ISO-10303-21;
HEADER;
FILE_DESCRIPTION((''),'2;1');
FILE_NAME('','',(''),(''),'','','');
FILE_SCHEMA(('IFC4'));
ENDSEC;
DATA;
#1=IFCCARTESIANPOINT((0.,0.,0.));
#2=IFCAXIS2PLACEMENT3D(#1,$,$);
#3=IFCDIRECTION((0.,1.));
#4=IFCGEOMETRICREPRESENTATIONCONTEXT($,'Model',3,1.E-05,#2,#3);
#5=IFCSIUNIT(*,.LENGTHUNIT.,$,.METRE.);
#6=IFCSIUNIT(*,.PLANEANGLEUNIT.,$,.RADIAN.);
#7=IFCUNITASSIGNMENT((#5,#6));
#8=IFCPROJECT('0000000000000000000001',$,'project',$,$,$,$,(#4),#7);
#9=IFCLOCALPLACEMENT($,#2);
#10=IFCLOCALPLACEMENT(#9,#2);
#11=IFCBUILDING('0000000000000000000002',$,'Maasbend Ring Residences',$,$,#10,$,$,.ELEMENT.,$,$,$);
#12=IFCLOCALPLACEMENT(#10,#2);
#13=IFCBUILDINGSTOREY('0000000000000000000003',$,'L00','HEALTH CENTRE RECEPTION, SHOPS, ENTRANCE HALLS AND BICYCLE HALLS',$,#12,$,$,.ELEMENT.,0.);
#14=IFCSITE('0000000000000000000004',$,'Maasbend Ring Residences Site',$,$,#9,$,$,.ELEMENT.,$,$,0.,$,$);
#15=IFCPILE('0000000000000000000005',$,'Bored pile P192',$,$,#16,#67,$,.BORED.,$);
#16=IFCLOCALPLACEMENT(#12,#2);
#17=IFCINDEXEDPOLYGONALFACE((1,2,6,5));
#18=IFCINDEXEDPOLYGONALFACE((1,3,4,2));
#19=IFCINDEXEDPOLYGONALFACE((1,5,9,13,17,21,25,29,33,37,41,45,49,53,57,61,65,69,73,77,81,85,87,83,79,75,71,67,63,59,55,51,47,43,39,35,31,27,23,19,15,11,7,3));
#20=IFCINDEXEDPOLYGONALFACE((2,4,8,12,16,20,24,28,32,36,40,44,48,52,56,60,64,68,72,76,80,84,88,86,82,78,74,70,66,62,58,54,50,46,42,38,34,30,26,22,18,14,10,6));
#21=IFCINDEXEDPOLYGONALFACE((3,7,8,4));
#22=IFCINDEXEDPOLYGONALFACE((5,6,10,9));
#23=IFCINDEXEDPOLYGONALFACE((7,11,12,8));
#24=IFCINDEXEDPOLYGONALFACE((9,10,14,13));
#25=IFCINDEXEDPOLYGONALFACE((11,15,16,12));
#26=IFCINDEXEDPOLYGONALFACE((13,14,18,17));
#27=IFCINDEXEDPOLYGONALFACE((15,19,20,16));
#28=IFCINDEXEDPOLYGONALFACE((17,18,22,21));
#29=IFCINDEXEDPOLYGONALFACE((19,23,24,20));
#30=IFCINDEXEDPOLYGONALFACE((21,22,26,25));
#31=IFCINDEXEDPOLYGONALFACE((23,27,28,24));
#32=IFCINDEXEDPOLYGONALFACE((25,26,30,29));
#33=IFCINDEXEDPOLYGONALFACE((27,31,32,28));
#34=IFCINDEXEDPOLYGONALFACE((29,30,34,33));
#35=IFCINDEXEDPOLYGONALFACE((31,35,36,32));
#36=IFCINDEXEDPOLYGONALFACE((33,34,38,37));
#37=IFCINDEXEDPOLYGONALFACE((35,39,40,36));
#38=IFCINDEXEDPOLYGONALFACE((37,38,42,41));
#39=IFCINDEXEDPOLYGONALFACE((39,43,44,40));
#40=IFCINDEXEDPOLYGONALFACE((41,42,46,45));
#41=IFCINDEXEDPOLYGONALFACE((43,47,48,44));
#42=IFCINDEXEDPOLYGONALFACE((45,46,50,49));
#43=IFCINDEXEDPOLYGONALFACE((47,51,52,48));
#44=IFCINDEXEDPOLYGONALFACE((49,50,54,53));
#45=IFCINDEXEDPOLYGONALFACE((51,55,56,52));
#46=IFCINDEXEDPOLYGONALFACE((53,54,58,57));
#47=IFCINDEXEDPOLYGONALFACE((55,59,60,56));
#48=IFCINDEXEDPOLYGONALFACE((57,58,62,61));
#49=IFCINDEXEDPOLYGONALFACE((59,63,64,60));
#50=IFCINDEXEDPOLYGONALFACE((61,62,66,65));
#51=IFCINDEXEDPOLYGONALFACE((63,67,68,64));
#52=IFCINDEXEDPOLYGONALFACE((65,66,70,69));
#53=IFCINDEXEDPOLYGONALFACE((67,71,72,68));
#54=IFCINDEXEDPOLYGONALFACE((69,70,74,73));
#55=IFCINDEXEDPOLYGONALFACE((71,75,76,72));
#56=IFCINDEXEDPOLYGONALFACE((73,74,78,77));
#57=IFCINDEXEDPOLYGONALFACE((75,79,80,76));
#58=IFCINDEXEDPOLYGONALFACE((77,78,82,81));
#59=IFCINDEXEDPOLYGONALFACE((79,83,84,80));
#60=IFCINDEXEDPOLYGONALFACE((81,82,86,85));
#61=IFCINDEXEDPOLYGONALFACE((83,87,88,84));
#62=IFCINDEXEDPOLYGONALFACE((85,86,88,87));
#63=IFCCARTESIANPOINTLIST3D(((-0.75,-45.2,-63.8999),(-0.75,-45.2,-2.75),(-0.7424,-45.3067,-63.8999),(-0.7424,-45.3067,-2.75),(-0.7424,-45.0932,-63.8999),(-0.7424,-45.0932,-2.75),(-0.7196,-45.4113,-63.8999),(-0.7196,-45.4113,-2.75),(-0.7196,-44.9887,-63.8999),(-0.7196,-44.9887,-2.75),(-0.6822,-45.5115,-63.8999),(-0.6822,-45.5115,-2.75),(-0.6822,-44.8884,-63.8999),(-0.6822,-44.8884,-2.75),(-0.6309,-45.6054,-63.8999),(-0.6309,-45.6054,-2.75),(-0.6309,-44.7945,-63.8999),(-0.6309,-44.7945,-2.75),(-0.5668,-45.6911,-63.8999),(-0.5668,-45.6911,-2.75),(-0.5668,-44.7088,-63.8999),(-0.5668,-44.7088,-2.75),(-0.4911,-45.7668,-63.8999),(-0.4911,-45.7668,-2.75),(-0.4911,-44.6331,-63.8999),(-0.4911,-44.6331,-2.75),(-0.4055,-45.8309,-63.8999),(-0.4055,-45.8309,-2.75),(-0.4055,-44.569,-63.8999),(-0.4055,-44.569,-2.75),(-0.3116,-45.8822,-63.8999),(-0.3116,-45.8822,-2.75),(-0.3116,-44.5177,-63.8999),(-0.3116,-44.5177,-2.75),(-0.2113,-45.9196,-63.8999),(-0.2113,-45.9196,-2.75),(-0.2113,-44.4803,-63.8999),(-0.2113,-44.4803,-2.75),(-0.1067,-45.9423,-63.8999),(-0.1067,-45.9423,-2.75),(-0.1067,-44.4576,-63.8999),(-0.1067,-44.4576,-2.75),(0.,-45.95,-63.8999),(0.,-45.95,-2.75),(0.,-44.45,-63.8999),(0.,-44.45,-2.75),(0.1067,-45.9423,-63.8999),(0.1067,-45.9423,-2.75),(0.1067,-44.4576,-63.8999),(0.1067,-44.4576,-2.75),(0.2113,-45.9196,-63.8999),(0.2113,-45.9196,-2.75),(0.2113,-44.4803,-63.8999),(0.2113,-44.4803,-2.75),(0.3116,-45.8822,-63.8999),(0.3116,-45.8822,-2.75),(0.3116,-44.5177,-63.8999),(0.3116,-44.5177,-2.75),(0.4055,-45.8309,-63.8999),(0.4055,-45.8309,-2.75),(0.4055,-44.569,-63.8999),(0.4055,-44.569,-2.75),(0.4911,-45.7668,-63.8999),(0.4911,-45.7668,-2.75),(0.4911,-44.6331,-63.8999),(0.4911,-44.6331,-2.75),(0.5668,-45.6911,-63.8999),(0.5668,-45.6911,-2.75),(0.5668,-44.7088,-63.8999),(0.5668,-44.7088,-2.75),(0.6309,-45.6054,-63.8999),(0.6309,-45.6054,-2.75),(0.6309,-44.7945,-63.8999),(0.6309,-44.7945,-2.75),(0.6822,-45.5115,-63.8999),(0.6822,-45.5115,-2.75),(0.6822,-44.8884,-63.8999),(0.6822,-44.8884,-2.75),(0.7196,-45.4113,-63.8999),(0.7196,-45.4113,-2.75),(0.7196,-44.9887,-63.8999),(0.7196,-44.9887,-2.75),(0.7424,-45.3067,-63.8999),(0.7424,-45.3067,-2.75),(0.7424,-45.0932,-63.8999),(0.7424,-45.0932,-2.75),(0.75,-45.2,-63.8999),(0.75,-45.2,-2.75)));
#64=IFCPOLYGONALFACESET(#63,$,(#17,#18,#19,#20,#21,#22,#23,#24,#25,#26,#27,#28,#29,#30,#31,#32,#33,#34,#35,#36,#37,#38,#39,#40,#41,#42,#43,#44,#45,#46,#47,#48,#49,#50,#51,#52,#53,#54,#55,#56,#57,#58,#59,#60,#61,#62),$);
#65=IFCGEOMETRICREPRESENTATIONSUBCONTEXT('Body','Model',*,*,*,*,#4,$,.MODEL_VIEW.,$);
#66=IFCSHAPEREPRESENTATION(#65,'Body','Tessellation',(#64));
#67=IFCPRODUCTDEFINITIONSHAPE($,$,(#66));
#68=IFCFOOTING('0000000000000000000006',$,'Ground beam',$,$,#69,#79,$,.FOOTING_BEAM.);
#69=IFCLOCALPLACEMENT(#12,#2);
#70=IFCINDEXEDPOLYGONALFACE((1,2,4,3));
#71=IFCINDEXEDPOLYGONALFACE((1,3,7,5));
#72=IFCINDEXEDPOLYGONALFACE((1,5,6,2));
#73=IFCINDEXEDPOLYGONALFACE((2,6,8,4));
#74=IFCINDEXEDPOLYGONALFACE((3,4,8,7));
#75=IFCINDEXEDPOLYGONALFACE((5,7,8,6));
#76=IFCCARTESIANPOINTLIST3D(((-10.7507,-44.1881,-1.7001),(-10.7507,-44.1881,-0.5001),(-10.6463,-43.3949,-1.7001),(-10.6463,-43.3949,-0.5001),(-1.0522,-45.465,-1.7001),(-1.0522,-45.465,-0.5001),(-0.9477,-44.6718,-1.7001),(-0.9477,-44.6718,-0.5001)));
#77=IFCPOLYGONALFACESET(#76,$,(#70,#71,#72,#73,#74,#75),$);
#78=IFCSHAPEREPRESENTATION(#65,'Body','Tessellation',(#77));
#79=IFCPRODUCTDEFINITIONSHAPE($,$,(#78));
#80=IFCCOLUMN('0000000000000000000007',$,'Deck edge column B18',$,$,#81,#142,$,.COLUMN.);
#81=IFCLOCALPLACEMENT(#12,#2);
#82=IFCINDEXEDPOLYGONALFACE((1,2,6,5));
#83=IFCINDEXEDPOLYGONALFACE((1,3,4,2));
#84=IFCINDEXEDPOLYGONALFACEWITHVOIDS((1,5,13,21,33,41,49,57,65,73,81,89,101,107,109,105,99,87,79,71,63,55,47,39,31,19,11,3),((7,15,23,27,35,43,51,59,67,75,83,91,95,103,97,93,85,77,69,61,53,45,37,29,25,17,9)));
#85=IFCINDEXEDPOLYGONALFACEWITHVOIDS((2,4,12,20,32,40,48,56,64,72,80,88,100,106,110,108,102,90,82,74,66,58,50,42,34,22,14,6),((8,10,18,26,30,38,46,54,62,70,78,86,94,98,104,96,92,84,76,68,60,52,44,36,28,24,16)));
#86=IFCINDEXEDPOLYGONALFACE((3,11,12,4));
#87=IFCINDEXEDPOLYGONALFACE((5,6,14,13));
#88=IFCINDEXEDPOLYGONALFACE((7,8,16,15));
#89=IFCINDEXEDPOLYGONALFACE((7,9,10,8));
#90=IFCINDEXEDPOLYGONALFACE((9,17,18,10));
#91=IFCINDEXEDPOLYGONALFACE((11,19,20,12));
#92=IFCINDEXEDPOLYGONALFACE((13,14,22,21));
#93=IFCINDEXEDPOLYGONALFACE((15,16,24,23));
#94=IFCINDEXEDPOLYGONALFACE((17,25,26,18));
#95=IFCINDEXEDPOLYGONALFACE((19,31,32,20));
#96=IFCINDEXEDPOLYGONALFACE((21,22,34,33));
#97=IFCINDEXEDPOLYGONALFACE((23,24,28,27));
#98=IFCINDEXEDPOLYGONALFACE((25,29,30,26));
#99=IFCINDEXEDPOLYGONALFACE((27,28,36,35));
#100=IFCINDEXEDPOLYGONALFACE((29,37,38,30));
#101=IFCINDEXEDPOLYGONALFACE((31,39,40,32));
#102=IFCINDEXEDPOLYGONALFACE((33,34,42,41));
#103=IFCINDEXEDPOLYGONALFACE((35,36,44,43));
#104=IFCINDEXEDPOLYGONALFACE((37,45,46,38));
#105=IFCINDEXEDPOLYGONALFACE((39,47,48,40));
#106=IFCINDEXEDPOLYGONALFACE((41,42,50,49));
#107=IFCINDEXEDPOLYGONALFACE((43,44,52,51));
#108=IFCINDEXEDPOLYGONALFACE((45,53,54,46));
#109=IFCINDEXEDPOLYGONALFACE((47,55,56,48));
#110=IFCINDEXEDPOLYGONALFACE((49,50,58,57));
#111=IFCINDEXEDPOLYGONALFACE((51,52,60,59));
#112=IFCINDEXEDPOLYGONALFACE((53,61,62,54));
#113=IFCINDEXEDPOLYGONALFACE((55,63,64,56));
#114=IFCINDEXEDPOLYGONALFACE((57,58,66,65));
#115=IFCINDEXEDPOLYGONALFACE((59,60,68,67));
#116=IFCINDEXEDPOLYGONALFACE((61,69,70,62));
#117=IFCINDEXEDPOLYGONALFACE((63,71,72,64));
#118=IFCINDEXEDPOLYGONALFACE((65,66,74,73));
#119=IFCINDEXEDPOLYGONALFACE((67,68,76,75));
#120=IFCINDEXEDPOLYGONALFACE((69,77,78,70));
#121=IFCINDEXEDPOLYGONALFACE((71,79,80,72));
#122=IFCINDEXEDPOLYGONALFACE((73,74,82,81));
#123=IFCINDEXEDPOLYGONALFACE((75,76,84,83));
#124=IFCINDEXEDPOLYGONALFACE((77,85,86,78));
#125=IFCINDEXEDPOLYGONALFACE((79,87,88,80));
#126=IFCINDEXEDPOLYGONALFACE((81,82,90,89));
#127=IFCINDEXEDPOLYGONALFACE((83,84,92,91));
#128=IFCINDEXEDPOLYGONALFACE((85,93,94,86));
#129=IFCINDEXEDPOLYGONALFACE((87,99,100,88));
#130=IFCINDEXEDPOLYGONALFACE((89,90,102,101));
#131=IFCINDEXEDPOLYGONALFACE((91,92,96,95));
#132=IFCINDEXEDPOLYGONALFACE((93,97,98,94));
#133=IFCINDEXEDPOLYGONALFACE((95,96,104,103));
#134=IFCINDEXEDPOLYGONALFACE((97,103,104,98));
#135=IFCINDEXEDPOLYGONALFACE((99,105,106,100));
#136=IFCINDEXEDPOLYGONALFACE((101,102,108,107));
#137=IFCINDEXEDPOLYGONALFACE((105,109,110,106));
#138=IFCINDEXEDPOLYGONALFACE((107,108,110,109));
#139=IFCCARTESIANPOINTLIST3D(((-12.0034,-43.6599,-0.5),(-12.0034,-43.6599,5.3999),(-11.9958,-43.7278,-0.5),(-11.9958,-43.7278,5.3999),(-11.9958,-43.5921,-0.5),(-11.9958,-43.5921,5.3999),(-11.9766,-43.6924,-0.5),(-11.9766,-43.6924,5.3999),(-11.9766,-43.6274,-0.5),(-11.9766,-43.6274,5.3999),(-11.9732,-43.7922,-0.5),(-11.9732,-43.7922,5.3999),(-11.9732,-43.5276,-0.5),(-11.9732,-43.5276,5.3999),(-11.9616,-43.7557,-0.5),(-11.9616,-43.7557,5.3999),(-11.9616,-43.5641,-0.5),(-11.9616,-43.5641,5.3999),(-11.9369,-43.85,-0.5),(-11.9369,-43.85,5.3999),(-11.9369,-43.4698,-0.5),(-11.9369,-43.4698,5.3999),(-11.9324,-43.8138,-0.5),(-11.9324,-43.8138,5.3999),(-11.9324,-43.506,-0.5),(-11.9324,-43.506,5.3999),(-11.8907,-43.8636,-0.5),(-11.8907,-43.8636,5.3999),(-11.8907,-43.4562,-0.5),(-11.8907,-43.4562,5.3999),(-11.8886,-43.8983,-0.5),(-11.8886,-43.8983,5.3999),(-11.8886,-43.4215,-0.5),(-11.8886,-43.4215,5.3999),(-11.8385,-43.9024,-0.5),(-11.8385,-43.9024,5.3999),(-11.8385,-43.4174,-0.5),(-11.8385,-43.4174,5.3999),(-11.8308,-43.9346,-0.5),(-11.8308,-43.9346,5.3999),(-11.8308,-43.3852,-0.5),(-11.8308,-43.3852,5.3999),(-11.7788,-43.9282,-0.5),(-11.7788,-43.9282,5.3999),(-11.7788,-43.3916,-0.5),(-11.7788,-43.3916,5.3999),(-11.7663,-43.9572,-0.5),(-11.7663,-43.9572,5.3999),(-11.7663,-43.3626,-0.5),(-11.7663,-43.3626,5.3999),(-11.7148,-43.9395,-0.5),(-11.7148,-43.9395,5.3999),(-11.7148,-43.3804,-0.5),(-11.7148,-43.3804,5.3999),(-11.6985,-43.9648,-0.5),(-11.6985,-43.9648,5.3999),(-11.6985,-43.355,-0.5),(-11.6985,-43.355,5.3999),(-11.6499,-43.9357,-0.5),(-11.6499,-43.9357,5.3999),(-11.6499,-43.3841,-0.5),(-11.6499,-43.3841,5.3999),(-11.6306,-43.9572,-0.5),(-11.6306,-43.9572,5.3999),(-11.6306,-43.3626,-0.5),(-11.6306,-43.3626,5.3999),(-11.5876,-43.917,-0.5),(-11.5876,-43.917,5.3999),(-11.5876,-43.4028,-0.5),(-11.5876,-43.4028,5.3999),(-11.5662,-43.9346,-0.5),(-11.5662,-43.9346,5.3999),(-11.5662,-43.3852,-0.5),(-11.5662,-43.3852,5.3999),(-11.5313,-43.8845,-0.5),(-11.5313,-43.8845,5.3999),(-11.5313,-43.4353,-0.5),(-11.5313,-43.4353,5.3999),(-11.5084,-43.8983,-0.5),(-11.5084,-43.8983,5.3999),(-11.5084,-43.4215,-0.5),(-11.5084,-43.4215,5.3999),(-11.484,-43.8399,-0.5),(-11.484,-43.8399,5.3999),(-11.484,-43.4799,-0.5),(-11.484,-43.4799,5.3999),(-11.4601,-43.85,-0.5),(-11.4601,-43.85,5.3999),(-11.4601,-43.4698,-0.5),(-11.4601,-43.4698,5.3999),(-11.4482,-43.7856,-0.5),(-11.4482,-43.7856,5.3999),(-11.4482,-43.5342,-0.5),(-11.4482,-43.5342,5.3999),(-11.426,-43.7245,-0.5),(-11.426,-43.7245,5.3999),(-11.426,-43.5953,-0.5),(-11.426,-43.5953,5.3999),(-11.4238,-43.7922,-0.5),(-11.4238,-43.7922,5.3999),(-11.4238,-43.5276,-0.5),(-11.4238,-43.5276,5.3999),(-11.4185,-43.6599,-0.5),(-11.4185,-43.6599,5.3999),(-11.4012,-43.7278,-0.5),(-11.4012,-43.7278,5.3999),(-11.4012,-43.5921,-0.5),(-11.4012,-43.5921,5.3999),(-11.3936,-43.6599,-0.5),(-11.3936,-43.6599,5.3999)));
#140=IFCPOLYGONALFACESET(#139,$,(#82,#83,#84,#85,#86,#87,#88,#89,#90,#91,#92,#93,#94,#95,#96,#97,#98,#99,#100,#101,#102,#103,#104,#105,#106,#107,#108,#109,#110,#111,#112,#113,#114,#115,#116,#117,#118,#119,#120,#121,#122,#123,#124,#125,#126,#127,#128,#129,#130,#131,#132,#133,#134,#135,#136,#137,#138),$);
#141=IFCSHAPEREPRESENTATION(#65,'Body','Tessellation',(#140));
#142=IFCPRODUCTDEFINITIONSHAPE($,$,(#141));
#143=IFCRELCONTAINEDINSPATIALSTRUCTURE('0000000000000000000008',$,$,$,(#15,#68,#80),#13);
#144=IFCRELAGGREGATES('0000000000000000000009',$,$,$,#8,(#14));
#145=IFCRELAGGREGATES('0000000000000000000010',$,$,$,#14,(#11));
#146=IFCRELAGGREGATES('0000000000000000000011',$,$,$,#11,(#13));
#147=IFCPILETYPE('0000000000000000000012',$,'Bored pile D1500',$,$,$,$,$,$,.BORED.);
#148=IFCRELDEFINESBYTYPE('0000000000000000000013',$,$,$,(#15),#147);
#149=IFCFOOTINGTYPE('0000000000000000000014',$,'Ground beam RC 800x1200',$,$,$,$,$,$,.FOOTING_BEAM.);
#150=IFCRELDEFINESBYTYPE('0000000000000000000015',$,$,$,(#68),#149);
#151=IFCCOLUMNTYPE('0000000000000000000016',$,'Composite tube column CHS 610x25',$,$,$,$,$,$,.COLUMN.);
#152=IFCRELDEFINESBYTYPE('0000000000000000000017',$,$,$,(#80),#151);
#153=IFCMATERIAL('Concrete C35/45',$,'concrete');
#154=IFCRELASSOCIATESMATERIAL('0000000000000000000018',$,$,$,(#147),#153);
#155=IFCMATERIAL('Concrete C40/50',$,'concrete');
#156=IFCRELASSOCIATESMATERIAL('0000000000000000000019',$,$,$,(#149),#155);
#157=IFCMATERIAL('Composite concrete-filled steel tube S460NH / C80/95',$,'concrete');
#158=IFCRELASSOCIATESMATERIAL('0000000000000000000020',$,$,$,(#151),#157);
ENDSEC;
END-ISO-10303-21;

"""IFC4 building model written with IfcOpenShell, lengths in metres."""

from ifc_helpers import new_model, si_unit, direction, frame, origin, origin_2d, place, context, subcontext, project, spatial, rectangle, circle, hollow_circle, extrude, material, material_profile, profile_set, type_object, element, save


model = new_model("IFC4")

# Units and contexts
model_context = context("Model", 3, precision=1e-05, world=origin(), true_north=direction((0.0, 1.0)))
body_context = subcontext(model_context, "Body", "Model", "MODEL_VIEW")
ifc_project = project(units=[si_unit("LENGTHUNIT", "METRE"), si_unit("PLANEANGLEUNIT", "RADIAN")], contexts=[model_context])

# Site, building, storey
site_placement = place(None, origin())
site = spatial("IfcSite", under=ifc_project, at=site_placement, Name="Maasbend Ring Residences Site", CompositionType="ELEMENT", RefElevation=0.0)
building_placement = place(site_placement, origin())
building = spatial("IfcBuilding", under=site, at=building_placement, Name="Maasbend Ring Residences", CompositionType="ELEMENT")
storey_placement = place(building_placement, origin())
storey = spatial("IfcBuildingStorey", under=building, at=storey_placement, Name="L00", Description="HEALTH CENTRE RECEPTION, SHOPS, ENTRANCE HALLS AND BICYCLE HALLS", CompositionType="ELEMENT", Elevation=0.0)

# Pile
ifc_material_1 = material(Name="Concrete C35/45", Category="concrete")
ifc_material_profile_1 = material_profile(ifc_material_1, circle(Radius=0.75, at=origin_2d()), Name="Bored pile D1500")
ifc_profile_set_1 = profile_set([ifc_material_profile_1], Name="Concrete C35/45")
pile_type = type_object("IfcPileType", Name="Bored pile D1500", PredefinedType="BORED", material=ifc_profile_set_1)
pile_placement = place(storey_placement, frame((0.0, -45.2, -2.75), z_axis=(0.0, 0.0, -1.0), x_axis=(1.0, 0.0, 0.0)))
element("IfcPile", 1, at=pile_placement, inside=storey, type_object=pile_type, Name="Bored pile P192", PredefinedType="BORED", context=body_context, shape_type="SweptSolid", body=[
    extrude(circle(Radius=0.75, at=origin_2d()), origin(), (0.0, 0.0, 1.0), 61.1499),
])

# Footing
ifc_material_2 = material(Name="Concrete C40/50", Category="concrete")
ifc_material_profile_2 = material_profile(ifc_material_2, rectangle(XDim=0.8, YDim=1.2, at=origin_2d()), Name="Ground beam RC 800x1200")
ifc_profile_set_2 = profile_set([ifc_material_profile_2], Name="Concrete C40/50")
footing_type = type_object("IfcFootingType", Name="Ground beam RC 800x1200", PredefinedType="FOOTING_BEAM", material=ifc_profile_set_2)
footing_placement = place(storey_placement, frame((-10.6985, -43.7915, -1.1001), z_axis=(0.991445, -0.130529, 0.0), x_axis=(0.130529, 0.991445, 0.0)))
element("IfcFooting", 2, at=footing_placement, inside=storey, type_object=footing_type, Name="Ground beam", PredefinedType="FOOTING_BEAM", context=body_context, shape_type="SweptSolid", body=[
    extrude(rectangle(XDim=0.8, YDim=1.2, at=origin_2d()), origin(), (0.0, 0.0, 1.0), 9.7822),
])

# Column
ifc_material_3 = material(Name="Composite concrete-filled steel tube S460NH / C80/95", Category="concrete")
ifc_material_profile_3 = material_profile(ifc_material_3, hollow_circle(Radius=0.3049, WallThickness=0.0249, at=origin_2d()), Name="Composite tube column CHS 610x25")
ifc_profile_set_3 = profile_set([ifc_material_profile_3], Name="Composite concrete-filled steel tube S460NH / C80/95")
column_type = type_object("IfcColumnType", Name="Composite tube column CHS 610x25", PredefinedType="COLUMN", material=ifc_profile_set_3)
for number, where, z_axis, x_axis, name in (
    (3, (-11.6985, -43.6599, -0.5), (0.0, 0.0, 1.0), (1.0, 0.0, 0.0), "Deck edge column B18"),
):
    element("IfcColumn", number, at=place(storey_placement, frame(where, z_axis=z_axis, x_axis=x_axis)), inside=storey, type_object=column_type, Name=name, PredefinedType="COLUMN", context=body_context, shape_type="SweptSolid", body=[
        extrude(hollow_circle(Radius=0.3049, WallThickness=0.0249, at=origin_2d()), origin(), (0.0, 0.0, 1.0), 5.8999),
    ])

save(model, "model.ifc")
